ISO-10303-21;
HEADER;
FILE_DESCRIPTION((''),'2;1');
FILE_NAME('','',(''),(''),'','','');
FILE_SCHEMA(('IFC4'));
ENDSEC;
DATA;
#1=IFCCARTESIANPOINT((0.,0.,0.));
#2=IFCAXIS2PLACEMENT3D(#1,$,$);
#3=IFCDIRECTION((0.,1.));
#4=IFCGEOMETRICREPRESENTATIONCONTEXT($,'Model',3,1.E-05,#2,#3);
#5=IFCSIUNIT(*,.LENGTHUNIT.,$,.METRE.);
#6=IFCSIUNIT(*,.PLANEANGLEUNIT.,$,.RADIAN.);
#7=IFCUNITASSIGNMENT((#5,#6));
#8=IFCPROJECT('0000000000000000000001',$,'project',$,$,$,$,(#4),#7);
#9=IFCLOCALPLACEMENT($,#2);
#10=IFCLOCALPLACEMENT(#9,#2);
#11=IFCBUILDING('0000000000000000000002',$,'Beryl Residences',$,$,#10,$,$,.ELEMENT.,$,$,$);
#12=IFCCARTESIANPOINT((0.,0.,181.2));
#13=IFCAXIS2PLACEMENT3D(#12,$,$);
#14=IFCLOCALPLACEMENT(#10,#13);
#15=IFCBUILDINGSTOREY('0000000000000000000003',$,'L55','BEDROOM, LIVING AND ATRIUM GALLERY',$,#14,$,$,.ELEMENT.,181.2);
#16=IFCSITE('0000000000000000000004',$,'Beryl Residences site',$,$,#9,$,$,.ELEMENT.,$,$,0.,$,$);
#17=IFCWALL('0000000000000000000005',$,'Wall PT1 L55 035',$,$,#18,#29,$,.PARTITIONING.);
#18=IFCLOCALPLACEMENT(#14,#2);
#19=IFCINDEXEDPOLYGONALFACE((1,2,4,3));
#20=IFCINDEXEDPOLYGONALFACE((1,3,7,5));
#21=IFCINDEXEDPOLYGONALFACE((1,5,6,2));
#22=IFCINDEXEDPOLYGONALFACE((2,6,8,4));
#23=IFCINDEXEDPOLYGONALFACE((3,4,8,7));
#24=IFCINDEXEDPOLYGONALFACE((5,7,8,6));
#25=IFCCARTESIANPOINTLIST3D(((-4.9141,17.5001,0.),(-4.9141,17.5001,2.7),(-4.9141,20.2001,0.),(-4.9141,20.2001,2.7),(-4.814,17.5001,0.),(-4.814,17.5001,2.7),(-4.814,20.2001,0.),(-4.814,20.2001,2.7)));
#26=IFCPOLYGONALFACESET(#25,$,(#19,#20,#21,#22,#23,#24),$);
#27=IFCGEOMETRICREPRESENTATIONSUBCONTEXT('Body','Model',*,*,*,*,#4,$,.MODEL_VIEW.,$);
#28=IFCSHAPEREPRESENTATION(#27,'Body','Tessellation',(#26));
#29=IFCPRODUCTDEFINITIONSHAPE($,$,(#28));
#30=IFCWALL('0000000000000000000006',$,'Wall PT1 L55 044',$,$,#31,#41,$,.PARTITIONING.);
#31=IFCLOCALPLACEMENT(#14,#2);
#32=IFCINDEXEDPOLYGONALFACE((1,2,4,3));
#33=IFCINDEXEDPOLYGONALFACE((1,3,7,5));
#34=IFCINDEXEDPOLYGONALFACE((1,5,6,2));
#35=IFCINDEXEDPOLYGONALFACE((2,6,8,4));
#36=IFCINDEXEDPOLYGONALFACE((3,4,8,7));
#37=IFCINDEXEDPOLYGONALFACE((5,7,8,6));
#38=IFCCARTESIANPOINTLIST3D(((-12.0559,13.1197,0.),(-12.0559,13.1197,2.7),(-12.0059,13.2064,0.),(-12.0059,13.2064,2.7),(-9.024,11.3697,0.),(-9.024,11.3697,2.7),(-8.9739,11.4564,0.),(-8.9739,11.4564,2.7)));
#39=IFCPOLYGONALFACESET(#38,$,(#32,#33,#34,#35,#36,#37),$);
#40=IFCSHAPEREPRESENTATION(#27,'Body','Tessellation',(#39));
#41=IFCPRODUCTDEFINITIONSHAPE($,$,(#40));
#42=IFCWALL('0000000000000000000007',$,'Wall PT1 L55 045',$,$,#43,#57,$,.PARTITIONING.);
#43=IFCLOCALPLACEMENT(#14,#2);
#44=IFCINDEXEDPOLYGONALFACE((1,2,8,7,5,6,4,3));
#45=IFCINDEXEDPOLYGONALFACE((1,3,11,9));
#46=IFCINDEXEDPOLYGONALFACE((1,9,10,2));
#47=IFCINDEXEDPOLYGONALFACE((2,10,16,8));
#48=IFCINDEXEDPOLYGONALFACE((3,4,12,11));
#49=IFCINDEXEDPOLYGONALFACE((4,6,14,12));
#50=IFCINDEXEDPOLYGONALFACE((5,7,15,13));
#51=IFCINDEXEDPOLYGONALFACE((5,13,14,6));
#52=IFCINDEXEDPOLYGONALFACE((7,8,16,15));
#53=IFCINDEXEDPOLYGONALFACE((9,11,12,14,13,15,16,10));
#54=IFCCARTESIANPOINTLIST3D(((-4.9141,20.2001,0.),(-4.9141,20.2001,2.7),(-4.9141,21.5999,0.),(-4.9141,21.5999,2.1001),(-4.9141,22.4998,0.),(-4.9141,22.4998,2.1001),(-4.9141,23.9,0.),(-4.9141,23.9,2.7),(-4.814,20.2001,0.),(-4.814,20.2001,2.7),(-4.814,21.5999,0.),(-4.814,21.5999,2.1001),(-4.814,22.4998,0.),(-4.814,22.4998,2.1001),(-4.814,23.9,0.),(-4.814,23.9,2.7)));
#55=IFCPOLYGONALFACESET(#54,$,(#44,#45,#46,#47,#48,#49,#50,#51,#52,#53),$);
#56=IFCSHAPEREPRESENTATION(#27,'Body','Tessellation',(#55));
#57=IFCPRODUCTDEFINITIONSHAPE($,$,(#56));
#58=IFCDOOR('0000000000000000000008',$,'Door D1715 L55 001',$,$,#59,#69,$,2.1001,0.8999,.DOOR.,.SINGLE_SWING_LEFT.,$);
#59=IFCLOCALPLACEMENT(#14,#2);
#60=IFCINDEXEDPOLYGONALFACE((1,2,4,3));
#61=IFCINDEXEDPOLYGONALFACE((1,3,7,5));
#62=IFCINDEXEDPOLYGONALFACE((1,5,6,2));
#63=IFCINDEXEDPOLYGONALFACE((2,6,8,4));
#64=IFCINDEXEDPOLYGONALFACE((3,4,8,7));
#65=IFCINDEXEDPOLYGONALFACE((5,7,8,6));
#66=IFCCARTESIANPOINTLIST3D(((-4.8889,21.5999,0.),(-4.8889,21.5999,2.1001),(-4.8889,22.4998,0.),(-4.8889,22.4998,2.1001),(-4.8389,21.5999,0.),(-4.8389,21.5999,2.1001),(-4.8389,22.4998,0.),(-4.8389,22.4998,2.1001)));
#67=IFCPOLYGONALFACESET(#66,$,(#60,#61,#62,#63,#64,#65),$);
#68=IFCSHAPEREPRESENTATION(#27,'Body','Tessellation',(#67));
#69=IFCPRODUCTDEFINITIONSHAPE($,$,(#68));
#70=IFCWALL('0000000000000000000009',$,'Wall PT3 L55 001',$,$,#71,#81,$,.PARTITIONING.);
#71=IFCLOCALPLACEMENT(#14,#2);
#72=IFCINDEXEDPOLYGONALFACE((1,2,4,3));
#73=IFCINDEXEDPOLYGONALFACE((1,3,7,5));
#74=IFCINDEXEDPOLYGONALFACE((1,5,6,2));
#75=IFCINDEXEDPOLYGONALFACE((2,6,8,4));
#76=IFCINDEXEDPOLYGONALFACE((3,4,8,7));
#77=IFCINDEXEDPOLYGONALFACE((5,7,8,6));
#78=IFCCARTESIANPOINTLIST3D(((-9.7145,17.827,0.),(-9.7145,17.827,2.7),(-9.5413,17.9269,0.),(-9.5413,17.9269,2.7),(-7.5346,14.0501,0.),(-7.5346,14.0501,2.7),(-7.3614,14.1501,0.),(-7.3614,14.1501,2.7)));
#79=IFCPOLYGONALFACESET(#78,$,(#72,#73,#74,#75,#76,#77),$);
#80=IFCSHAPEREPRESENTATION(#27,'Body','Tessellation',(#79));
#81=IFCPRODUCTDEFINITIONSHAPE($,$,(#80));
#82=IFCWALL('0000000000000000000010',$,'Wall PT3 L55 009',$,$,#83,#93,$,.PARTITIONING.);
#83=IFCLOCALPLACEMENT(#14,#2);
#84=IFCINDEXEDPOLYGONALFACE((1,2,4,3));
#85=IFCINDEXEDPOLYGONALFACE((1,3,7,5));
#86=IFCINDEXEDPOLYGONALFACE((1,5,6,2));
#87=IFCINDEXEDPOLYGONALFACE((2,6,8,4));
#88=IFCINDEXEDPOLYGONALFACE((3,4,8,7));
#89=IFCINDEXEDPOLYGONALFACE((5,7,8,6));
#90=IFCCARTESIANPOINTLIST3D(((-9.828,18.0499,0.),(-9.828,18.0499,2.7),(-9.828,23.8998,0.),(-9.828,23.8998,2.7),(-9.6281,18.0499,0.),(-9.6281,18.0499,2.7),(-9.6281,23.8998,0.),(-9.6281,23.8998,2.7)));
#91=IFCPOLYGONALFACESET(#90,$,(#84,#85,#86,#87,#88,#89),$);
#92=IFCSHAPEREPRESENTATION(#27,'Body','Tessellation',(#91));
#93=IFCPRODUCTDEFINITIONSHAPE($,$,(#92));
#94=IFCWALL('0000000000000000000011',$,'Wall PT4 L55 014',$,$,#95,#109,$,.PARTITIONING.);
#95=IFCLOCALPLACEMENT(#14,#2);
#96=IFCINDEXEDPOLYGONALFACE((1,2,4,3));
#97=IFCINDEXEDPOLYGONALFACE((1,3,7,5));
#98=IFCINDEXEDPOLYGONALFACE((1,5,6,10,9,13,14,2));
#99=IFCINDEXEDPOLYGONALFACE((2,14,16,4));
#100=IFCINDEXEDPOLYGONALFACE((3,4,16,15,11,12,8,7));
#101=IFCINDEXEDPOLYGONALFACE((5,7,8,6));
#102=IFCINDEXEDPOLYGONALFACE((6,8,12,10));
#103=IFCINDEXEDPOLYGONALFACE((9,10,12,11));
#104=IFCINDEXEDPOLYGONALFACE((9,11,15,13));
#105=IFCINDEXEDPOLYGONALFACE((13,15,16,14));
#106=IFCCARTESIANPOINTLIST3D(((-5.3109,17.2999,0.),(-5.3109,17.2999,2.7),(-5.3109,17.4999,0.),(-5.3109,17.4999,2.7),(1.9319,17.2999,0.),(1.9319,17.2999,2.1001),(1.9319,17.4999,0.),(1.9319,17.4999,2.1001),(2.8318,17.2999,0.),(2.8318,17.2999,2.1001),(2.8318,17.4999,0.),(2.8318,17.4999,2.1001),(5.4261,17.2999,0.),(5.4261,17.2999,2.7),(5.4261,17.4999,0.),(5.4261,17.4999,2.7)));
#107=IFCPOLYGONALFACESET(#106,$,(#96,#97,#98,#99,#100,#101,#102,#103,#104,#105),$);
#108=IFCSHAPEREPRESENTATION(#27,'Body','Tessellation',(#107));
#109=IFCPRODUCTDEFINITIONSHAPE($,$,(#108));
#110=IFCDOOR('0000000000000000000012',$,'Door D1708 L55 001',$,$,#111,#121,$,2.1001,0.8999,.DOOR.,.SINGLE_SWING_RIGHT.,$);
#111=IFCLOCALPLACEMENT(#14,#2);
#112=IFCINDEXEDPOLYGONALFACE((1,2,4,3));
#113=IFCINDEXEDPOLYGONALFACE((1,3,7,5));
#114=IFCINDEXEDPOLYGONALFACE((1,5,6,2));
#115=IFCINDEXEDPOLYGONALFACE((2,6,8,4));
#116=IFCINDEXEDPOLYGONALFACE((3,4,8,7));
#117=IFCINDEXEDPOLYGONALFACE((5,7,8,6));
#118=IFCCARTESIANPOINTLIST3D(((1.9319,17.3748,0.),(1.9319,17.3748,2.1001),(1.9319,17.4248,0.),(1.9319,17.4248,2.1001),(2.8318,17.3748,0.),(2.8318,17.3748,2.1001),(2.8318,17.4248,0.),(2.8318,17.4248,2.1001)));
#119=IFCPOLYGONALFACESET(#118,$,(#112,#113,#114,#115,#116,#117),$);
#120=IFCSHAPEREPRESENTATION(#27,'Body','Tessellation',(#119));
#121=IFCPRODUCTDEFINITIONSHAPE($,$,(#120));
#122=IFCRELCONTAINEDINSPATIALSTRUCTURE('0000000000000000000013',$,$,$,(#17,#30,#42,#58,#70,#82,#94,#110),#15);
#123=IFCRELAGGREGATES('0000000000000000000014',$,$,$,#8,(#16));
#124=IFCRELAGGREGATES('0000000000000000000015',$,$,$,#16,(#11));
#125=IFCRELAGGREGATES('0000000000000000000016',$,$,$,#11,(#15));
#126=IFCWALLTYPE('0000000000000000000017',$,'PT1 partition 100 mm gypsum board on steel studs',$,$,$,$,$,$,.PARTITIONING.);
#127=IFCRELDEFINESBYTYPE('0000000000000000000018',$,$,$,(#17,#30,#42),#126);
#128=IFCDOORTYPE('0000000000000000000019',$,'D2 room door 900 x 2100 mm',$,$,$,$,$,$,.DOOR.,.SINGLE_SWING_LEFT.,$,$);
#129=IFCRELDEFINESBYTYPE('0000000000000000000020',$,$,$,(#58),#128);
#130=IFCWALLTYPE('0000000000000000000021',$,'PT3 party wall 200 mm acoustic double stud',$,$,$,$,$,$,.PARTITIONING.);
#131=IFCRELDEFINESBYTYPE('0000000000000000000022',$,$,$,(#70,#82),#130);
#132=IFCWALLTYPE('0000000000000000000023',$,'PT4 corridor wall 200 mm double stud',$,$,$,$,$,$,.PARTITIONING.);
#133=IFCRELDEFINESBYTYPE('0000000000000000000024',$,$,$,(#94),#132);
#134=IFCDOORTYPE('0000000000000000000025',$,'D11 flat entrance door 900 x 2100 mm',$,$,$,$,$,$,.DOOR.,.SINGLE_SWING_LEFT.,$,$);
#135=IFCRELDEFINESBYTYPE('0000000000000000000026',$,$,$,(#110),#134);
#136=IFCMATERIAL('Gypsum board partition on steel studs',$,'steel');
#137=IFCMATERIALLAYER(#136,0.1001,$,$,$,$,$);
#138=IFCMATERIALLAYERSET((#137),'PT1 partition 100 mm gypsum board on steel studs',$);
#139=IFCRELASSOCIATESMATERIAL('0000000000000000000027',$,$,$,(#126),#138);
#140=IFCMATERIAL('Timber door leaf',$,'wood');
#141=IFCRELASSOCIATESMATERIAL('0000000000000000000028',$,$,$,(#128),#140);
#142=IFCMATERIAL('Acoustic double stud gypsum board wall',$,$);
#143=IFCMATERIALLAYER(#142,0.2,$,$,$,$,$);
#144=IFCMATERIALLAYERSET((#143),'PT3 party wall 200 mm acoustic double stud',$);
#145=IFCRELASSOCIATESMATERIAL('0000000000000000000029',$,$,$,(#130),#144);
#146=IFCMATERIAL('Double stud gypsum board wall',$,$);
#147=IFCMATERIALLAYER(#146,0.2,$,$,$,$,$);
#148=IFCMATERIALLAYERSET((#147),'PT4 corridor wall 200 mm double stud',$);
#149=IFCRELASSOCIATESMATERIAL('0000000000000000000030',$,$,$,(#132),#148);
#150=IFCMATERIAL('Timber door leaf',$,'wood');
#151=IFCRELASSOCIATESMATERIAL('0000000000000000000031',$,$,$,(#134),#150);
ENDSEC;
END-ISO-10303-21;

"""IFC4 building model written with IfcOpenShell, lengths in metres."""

from ifc_helpers import new_model, si_unit, direction, frame, frame_2d, origin, place, context, subcontext, project, spatial, rectangle, extrude, material, layer, layer_set, type_object, element, fill, save


model = new_model("IFC4")

# Units and contexts
model_context = context("Model", 3, precision=1e-05, world=origin(), true_north=direction((0.0, 1.0)))
body_context = subcontext(model_context, "Body", "Model", "MODEL_VIEW")
ifc_project = project(units=[si_unit("LENGTHUNIT", "METRE"), si_unit("PLANEANGLEUNIT", "RADIAN")], contexts=[model_context])

# Site, building, storey
site_placement = place(None, origin())
site = spatial("IfcSite", under=ifc_project, at=site_placement, Name="Beryl Residences site", CompositionType="ELEMENT", RefElevation=0.0)
building_placement = place(site_placement, origin())
building = spatial("IfcBuilding", under=site, at=building_placement, Name="Beryl Residences", CompositionType="ELEMENT")
storey_placement = place(building_placement, frame((0.0, 0.0, 181.2)))
storey = spatial("IfcBuildingStorey", under=building, at=storey_placement, Name="L55", Description="BEDROOM, LIVING AND ATRIUM GALLERY", CompositionType="ELEMENT", Elevation=181.2)

# Shared definitions
ifc_material_1 = material(Name="Gypsum board partition on steel studs", Category="steel")
ifc_layer_1 = layer(ifc_material_1, 0.1001)
ifc_layer_set_1 = layer_set([ifc_layer_1], Name="PT1 partition 100 mm gypsum board on steel studs")
wall_type_1 = type_object("IfcWallType", Name="PT1 partition 100 mm gypsum board on steel studs", PredefinedType="PARTITIONING", material=ifc_layer_set_1)

# Walls
wall_1_placement = place(storey_placement, frame((-4.864, 17.5, 0.0), z_axis=(0.0, 0.0, 1.0), x_axis=(0.0, 1.0, 0.0)))
element("IfcWall", 1, at=wall_1_placement, inside=storey, type_object=wall_type_1, Name="Wall PT1 L55 035", PredefinedType="PARTITIONING", context=body_context, shape_type="SweptSolid", body=[
    extrude(rectangle(XDim=2.7, YDim=0.1001, at=frame_2d((1.3501, 0.0))), origin(), (0.0, 0.0, 1.0), 2.7),
])
wall_2_placement = place(storey_placement, frame((-12.031, 13.1631, 0.0), z_axis=(0.0, 0.0, 1.0), x_axis=(0.866089, -0.499889, 0.0)))
element("IfcWall", 2, at=wall_2_placement, inside=storey, type_object=wall_type_1, Name="Wall PT1 L55 044", PredefinedType="PARTITIONING", context=body_context, shape_type="SweptSolid", body=[
    extrude(rectangle(XDim=3.5007, YDim=0.1001, at=frame_2d((1.7505, 0.0))), origin(), (0.0, 0.0, 1.0), 2.7),
])

# Wall, opening, door
wall_3_placement = place(storey_placement, frame((-4.864, 20.2, 0.0), z_axis=(0.0, 0.0, 1.0), x_axis=(0.0, 1.0, 0.0)))
wall_3 = element("IfcWall", 3, at=wall_3_placement, inside=storey, type_object=wall_type_1, Name="Wall PT1 L55 045", PredefinedType="PARTITIONING", context=body_context, shape_type="SweptSolid", body=[
    extrude(rectangle(XDim=3.7, YDim=0.1001, at=frame_2d((1.8501, 0.0))), origin(), (0.0, 0.0, 1.0), 2.7),
])
opening_1_placement = place(wall_3_placement, frame((1.3999, 0.0, 0.0)))
opening_1 = element("IfcOpeningElement", 4, at=opening_1_placement, cuts=wall_3, PredefinedType="OPENING", context=body_context, shape_type="SweptSolid", body=[
    extrude(rectangle(XDim=0.8999, YDim=2.1001, at=frame_2d((0.45, 1.05))), frame((0.0, 0.0601, 0.0), z_axis=(0.0, -1.0, 0.0), x_axis=(1.0, 0.0, 0.0)), (0.0, 0.0, 1.0), 0.1201),
])
ifc_material_2 = material(Name="Timber door leaf", Category="wood")
door_type_1 = type_object("IfcDoorType", Name="D2 room door 900 x 2100 mm", OperationType="SINGLE_SWING_LEFT", PredefinedType="DOOR", material=ifc_material_2)
door_1_placement = place(opening_1_placement, origin())
door_1 = element("IfcDoor", 5, at=door_1_placement, inside=storey, type_object=door_type_1, Name="Door D1715 L55 001", OperationType="SINGLE_SWING_LEFT", OverallHeight=2.1001, OverallWidth=0.8999, PredefinedType="DOOR", context=body_context, shape_type="SweptSolid", body=[
    extrude(rectangle(XDim=0.8999, YDim=2.1001, at=frame_2d((0.45, 1.05))), frame((0.0, 0.0249, 0.0), z_axis=(0.0, -1.0, 0.0), x_axis=(1.0, 0.0, 0.0)), (0.0, 0.0, 1.0), 0.05),
])
fill(opening_1, door_1)

# Walls
ifc_material_3 = material(Name="Acoustic double stud gypsum board wall")
ifc_layer_2 = layer(ifc_material_3, 0.2)
ifc_layer_set_2 = layer_set([ifc_layer_2], Name="PT3 party wall 200 mm acoustic double stud")
wall_type_2 = type_object("IfcWallType", Name="PT3 party wall 200 mm acoustic double stud", PredefinedType="PARTITIONING", material=ifc_layer_set_2)
wall_4_placement = place(storey_placement, frame((-9.6279, 17.877, 0.0), z_axis=(0.0, 0.0, 1.0), x_axis=(0.49989, -0.866089, 0.0)))
element("IfcWall", 6, at=wall_4_placement, inside=storey, type_object=wall_type_2, Name="Wall PT3 L55 001", PredefinedType="PARTITIONING", context=body_context, shape_type="SweptSolid", body=[
    extrude(rectangle(XDim=4.3608, YDim=0.2, at=frame_2d((2.1804, 0.0))), origin(), (0.0, 0.0, 1.0), 2.7),
])
wall_5_placement = place(storey_placement, frame((-9.728, 18.05, 0.0), z_axis=(0.0, 0.0, 1.0), x_axis=(0.0, 1.0, 0.0)))
element("IfcWall", 7, at=wall_5_placement, inside=storey, type_object=wall_type_2, Name="Wall PT3 L55 009", PredefinedType="PARTITIONING", context=body_context, shape_type="SweptSolid", body=[
    extrude(rectangle(XDim=5.8499, YDim=0.2, at=frame_2d((2.9248, 0.0))), origin(), (0.0, 0.0, 1.0), 2.7),
])

# Wall, opening, door
ifc_material_4 = material(Name="Double stud gypsum board wall")
ifc_layer_3 = layer(ifc_material_4, 0.2)
ifc_layer_set_3 = layer_set([ifc_layer_3], Name="PT4 corridor wall 200 mm double stud")
wall_type_3 = type_object("IfcWallType", Name="PT4 corridor wall 200 mm double stud", PredefinedType="PARTITIONING", material=ifc_layer_set_3)
wall_6_placement = place(storey_placement, frame((-5.311, 17.3999, 0.0), z_axis=(0.0, 0.0, 1.0), x_axis=(1.0, 0.0, 0.0)))
wall_6 = element("IfcWall", 8, at=wall_6_placement, inside=storey, type_object=wall_type_3, Name="Wall PT4 L55 014", PredefinedType="PARTITIONING", context=body_context, shape_type="SweptSolid", body=[
    extrude(rectangle(XDim=10.7371, YDim=0.2, at=frame_2d((5.3687, 0.0))), origin(), (0.0, 0.0, 1.0), 2.7),
])
opening_2_placement = place(wall_6_placement, frame((7.2429, 0.0, 0.0)))
opening_2 = element("IfcOpeningElement", 9, at=opening_2_placement, cuts=wall_6, PredefinedType="OPENING", context=body_context, shape_type="SweptSolid", body=[
    extrude(rectangle(XDim=0.8999, YDim=2.1001, at=frame_2d((0.45, 1.05))), frame((0.0, 0.1099, 0.0), z_axis=(0.0, -1.0, 0.0), x_axis=(1.0, 0.0, 0.0)), (0.0, 0.0, 1.0), 0.22),
])
ifc_material_5 = material(Name="Timber door leaf", Category="wood")
door_type_2 = type_object("IfcDoorType", Name="D11 flat entrance door 900 x 2100 mm", OperationType="SINGLE_SWING_LEFT", PredefinedType="DOOR", material=ifc_material_5)
door_2_placement = place(opening_2_placement, origin())
door_2 = element("IfcDoor", 10, at=door_2_placement, inside=storey, type_object=door_type_2, Name="Door D1708 L55 001", OperationType="SINGLE_SWING_RIGHT", OverallHeight=2.1001, OverallWidth=0.8999, PredefinedType="DOOR", context=body_context, shape_type="SweptSolid", body=[
    extrude(rectangle(XDim=0.8999, YDim=2.1001, at=frame_2d((0.45, 1.05))), frame((0.0, 0.0249, 0.0), z_axis=(0.0, -1.0, 0.0), x_axis=(1.0, 0.0, 0.0)), (0.0, 0.0, 1.0), 0.05),
])
fill(opening_2, door_2)

save(model, "model.ifc")
